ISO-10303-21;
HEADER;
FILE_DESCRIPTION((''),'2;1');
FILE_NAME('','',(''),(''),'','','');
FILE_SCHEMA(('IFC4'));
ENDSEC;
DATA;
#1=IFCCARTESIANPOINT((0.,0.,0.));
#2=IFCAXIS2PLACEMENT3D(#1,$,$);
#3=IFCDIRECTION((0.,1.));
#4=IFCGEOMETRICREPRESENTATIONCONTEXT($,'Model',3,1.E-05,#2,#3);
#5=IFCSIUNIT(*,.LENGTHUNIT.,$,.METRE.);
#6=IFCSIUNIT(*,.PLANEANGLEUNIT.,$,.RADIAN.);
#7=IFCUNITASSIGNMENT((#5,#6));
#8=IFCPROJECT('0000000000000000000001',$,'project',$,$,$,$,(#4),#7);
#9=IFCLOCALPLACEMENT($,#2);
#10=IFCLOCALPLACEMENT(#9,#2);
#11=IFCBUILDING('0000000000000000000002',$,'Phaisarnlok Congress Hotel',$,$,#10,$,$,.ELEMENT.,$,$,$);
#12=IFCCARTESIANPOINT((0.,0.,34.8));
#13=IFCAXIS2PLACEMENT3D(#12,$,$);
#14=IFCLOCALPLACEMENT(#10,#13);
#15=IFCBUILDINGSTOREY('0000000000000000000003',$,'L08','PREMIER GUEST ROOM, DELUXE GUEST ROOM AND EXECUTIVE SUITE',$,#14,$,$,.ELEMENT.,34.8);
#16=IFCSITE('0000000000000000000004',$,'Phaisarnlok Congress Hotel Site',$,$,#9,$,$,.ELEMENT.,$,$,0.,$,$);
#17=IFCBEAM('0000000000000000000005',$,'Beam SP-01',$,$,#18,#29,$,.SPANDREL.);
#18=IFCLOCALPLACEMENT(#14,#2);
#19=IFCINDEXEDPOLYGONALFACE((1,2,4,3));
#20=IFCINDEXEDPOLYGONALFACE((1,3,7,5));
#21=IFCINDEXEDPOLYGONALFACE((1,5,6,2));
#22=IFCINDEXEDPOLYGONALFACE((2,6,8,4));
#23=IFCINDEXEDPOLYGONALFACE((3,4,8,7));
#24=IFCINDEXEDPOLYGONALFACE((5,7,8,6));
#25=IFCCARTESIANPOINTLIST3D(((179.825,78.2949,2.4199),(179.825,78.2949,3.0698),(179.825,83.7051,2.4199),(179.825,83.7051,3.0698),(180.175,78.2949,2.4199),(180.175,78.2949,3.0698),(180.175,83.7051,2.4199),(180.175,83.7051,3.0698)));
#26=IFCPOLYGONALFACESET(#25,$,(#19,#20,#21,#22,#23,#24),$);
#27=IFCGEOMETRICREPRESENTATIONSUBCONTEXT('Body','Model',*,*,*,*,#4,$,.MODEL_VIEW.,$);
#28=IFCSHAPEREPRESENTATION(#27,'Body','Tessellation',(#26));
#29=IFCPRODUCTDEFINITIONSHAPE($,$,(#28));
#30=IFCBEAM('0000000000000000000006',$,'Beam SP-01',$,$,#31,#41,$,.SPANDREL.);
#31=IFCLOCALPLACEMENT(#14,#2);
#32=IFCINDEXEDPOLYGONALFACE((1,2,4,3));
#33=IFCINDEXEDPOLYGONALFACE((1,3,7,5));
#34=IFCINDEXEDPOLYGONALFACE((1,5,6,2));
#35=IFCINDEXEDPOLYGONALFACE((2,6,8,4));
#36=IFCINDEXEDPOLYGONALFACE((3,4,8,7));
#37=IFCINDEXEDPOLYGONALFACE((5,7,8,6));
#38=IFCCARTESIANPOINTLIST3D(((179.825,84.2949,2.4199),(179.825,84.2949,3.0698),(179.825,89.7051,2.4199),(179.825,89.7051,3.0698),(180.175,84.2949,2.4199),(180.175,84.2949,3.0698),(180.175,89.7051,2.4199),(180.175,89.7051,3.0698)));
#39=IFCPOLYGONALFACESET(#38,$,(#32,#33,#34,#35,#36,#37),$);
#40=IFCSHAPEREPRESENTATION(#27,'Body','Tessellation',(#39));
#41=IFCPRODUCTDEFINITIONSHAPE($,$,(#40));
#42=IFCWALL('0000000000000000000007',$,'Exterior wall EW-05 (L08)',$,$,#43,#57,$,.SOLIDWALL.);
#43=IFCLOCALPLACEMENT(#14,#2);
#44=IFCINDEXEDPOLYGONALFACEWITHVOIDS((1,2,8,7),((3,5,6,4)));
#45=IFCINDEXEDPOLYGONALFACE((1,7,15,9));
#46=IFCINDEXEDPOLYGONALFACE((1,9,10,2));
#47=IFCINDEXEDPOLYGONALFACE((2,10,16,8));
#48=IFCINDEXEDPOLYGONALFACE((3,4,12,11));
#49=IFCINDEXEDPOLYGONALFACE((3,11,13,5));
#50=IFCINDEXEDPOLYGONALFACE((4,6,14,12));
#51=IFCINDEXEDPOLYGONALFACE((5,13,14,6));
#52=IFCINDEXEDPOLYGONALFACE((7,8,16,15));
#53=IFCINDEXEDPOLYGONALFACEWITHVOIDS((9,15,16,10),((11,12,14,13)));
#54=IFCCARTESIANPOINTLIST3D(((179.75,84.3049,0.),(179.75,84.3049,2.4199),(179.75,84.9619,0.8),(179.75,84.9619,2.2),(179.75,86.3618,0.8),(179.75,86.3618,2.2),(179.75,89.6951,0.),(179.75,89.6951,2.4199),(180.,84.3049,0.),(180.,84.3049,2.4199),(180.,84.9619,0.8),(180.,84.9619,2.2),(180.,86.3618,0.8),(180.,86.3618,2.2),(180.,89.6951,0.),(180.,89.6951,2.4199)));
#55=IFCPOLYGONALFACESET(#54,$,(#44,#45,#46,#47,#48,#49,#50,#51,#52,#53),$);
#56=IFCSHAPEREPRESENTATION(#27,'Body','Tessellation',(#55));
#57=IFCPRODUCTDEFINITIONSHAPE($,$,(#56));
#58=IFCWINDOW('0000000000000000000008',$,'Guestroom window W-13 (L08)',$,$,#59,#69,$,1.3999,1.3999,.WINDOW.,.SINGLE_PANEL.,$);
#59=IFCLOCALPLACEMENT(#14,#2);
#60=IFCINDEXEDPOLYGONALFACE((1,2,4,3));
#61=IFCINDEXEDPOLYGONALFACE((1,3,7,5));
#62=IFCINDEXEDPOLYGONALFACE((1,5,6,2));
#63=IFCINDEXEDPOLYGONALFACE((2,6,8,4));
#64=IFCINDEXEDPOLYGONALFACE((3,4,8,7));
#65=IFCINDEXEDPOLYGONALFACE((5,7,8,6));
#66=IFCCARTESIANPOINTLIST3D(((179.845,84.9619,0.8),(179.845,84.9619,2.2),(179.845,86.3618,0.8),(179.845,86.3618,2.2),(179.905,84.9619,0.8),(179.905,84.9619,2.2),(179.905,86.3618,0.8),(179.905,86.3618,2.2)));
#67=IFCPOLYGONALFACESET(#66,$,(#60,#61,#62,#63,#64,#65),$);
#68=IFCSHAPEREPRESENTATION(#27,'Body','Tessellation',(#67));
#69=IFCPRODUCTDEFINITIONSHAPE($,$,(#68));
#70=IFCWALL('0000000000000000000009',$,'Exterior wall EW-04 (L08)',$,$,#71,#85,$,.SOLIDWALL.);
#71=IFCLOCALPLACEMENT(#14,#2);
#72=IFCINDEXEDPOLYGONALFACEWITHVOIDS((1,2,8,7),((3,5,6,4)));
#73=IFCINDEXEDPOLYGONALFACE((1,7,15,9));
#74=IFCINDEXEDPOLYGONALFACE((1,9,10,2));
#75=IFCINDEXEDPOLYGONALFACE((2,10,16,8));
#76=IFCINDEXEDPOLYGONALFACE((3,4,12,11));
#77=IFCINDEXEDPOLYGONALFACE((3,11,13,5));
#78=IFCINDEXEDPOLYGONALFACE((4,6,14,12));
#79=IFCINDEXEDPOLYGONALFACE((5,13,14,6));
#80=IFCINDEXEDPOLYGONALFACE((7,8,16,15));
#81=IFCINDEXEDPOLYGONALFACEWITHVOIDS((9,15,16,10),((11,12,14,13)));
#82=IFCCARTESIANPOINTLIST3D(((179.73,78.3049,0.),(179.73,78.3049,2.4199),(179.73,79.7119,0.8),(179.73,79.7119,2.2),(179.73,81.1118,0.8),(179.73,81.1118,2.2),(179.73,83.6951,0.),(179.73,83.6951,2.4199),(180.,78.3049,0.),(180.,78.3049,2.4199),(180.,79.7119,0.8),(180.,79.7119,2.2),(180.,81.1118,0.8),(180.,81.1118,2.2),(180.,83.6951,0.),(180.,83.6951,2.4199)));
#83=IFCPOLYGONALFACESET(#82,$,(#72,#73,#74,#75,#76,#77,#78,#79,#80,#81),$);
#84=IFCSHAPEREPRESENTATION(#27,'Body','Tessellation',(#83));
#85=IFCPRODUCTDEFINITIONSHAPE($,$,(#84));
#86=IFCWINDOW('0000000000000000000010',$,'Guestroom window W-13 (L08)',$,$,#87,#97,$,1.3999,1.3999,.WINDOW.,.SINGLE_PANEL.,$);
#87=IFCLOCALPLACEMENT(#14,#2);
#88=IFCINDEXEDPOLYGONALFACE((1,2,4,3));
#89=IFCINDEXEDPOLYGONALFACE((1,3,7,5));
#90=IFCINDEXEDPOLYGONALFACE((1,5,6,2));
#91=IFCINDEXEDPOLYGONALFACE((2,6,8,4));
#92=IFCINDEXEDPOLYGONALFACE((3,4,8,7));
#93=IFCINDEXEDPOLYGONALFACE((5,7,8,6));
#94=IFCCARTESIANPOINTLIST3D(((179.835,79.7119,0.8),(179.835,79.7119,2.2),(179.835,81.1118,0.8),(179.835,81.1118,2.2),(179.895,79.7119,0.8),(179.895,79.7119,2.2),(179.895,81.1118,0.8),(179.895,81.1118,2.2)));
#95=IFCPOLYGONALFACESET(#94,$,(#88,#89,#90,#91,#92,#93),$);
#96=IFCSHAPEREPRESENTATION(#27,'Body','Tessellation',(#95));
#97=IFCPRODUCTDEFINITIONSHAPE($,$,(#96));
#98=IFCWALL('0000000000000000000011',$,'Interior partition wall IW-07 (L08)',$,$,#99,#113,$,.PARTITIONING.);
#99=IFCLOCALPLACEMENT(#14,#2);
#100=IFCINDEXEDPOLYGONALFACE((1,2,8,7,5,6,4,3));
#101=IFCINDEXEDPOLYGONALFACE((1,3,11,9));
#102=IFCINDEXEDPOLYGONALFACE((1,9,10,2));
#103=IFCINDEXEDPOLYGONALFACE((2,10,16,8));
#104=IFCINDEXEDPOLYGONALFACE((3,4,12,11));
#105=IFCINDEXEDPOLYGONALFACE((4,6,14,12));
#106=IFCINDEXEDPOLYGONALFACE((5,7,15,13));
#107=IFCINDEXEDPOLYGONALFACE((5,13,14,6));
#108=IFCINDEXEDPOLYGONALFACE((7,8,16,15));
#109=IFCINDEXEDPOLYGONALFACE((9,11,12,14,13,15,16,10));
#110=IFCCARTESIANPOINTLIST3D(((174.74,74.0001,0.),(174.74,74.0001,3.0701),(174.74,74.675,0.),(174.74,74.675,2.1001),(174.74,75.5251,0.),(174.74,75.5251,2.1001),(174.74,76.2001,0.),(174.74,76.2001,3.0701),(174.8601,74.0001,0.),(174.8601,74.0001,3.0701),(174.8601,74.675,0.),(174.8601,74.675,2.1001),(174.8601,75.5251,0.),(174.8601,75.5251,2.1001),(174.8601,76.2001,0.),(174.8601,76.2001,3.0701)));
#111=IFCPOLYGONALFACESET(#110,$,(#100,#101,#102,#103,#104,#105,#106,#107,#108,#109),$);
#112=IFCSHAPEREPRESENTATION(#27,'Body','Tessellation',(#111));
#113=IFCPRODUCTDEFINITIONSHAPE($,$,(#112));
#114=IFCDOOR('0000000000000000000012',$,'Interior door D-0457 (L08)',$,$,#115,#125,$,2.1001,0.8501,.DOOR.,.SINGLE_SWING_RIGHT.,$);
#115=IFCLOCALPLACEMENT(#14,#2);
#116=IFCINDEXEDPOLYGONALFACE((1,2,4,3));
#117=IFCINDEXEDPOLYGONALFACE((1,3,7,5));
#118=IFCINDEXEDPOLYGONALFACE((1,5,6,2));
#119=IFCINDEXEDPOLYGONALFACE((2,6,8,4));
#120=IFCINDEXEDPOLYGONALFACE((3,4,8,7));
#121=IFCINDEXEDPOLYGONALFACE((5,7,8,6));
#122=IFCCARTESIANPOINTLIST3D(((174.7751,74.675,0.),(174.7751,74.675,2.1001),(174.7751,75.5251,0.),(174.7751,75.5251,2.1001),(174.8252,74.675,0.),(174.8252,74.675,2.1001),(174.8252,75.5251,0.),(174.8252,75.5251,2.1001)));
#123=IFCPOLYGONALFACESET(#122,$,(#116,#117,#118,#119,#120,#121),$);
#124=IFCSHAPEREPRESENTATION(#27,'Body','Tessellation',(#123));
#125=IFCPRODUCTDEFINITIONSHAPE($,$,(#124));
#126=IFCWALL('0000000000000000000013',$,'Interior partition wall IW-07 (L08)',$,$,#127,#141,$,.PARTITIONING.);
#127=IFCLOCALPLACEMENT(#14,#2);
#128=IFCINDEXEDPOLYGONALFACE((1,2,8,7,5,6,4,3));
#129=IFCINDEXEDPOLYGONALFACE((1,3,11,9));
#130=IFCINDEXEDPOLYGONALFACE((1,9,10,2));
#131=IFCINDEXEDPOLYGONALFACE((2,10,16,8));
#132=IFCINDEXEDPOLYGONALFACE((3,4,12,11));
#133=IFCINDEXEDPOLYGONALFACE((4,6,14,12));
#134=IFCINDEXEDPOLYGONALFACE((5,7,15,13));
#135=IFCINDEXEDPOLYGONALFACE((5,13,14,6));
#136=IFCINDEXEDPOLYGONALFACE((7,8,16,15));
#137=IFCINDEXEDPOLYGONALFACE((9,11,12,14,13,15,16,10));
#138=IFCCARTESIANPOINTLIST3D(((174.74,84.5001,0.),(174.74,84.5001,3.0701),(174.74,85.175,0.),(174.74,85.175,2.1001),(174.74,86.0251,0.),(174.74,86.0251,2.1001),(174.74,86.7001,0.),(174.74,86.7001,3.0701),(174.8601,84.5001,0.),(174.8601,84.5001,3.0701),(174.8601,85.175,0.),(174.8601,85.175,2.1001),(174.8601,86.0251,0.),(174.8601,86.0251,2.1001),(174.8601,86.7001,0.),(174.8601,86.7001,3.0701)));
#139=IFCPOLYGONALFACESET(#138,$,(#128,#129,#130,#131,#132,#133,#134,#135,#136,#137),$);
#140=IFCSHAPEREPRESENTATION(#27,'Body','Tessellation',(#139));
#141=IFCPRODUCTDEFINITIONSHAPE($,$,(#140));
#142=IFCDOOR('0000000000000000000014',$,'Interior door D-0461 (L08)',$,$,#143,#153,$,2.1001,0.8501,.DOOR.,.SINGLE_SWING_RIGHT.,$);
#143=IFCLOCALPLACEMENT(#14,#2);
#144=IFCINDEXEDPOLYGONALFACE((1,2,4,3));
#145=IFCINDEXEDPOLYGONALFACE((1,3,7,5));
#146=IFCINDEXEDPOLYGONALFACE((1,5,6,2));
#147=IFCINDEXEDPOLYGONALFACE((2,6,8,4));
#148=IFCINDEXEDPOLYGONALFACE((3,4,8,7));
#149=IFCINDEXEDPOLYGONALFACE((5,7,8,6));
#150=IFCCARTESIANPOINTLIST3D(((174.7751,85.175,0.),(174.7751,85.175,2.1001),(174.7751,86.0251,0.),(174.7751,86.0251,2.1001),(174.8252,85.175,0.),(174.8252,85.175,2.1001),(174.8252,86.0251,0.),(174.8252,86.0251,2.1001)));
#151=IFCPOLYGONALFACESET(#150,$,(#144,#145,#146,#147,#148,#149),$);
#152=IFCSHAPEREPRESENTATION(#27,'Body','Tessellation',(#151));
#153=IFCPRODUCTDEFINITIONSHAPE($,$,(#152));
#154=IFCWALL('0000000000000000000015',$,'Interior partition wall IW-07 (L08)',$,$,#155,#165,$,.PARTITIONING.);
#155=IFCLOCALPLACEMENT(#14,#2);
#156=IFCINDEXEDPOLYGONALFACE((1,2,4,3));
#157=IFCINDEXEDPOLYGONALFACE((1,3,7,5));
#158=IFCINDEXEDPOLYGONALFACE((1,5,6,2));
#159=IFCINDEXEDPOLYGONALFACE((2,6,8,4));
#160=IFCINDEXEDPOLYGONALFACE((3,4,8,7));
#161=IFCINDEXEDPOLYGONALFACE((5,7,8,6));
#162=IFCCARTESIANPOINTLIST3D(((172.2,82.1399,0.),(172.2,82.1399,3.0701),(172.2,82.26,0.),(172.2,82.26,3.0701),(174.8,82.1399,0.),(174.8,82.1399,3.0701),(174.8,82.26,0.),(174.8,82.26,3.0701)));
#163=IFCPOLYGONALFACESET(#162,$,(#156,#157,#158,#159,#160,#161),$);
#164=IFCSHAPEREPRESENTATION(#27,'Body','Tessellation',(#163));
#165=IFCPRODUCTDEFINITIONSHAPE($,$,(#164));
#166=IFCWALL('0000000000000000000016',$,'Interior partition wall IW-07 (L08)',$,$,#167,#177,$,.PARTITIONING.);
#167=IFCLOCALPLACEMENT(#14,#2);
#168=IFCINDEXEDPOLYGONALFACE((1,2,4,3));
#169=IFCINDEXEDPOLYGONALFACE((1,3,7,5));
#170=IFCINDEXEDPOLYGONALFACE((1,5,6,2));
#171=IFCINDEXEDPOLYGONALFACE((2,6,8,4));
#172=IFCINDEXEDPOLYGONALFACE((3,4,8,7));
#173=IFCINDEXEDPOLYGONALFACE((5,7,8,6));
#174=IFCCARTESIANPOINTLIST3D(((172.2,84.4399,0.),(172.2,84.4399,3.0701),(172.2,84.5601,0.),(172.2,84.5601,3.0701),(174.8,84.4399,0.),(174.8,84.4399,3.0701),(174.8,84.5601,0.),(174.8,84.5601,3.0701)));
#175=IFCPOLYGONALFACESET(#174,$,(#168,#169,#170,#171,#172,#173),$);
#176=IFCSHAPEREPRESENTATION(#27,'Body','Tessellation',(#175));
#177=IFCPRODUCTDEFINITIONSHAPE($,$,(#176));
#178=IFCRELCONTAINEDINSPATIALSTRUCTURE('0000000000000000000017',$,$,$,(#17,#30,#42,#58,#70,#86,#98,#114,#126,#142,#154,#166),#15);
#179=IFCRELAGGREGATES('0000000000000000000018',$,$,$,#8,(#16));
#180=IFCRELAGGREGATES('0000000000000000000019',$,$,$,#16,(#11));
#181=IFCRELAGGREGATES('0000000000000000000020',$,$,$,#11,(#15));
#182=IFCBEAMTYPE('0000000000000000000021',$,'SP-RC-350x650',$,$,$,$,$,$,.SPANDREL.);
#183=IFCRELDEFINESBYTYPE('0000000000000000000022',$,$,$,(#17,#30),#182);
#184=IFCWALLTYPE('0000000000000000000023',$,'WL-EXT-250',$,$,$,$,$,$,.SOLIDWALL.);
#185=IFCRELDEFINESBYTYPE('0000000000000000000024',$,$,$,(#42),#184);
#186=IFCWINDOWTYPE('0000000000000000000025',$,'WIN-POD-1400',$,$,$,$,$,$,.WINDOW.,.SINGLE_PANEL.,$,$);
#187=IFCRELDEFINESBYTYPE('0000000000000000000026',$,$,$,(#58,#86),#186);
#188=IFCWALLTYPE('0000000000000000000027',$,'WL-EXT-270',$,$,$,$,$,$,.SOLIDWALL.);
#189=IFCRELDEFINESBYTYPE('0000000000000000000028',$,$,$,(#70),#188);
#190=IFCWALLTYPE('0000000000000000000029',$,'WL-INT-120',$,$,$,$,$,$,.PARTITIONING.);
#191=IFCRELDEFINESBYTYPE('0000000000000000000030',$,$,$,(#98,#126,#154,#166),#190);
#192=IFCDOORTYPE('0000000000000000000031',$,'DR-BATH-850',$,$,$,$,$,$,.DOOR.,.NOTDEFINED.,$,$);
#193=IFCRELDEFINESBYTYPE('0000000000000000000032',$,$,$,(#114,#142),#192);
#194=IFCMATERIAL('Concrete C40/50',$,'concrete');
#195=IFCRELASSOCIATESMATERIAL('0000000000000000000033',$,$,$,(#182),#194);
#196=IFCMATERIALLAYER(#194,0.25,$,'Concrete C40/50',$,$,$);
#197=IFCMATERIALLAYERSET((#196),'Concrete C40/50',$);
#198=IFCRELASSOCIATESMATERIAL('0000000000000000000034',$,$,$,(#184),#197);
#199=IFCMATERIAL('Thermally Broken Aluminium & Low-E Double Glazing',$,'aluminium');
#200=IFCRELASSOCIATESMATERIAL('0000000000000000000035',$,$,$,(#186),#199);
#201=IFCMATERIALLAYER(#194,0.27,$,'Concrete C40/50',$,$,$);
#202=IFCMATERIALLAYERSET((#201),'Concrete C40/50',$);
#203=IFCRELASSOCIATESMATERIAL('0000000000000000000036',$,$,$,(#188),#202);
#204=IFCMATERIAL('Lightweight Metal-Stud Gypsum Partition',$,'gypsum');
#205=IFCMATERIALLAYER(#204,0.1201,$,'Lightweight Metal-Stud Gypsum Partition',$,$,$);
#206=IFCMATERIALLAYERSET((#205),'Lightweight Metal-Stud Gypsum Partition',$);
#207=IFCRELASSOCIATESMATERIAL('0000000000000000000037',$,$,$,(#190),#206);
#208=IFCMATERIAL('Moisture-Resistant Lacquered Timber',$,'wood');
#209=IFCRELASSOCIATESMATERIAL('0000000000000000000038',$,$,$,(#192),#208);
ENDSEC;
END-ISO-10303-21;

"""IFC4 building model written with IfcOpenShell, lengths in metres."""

from ifc_helpers import new_model, si_unit, direction, frame, frame_2d, origin, origin_2d, place, context, subcontext, project, spatial, rectangle, extrude, material, layer, layer_set, material_profile, profile_set, type_object, element, fill, save


model = new_model("IFC4")

# Units and contexts
model_context = context("Model", 3, precision=1e-05, world=origin(), true_north=direction((0.0, 1.0)))
body_context = subcontext(model_context, "Body", "Model", "MODEL_VIEW")
ifc_project = project(units=[si_unit("LENGTHUNIT", "METRE"), si_unit("PLANEANGLEUNIT", "RADIAN")], contexts=[model_context])

# Site, building, storey
site_placement = place(None, origin())
site = spatial("IfcSite", under=ifc_project, at=site_placement, Name="Phaisarnlok Congress Hotel Site", CompositionType="ELEMENT", RefElevation=0.0)
building_placement = place(site_placement, origin())
building = spatial("IfcBuilding", under=site, at=building_placement, Name="Phaisarnlok Congress Hotel", CompositionType="ELEMENT")
storey_placement = place(building_placement, frame((0.0, 0.0, 34.8)))
storey = spatial("IfcBuildingStorey", under=building, at=storey_placement, Name="L08", Description="PREMIER GUEST ROOM, DELUXE GUEST ROOM AND EXECUTIVE SUITE", CompositionType="ELEMENT", Elevation=34.8)

# Beams
ifc_material_1 = material(Name="Concrete C40/50", Category="concrete")
ifc_material_profile_1 = material_profile(ifc_material_1, rectangle(XDim=0.3501, YDim=0.6499, at=origin_2d()), Name="RC 350x650")
ifc_profile_set_1 = profile_set([ifc_material_profile_1], Name="Concrete C40/50")
beam_type_1 = type_object("IfcBeamType", Name="SP-RC-350x650", PredefinedType="SPANDREL", material=ifc_profile_set_1)
for number, where, z_axis, x_axis, name in (
    (1, (180.0, 78.2949, 2.7449), (0.0, 1.0, 0.0), (-1.0, 0.0, 0.0), "Beam SP-01"),
    (2, (180.0, 84.2949, 2.7449), (0.0, 1.0, 0.0), (-1.0, 0.0, 0.0), "Beam SP-01"),
):
    element("IfcBeam", number, at=place(storey_placement, frame(where, z_axis=z_axis, x_axis=x_axis)), inside=storey, type_object=beam_type_1, Name=name, PredefinedType="SPANDREL", context=body_context, shape_type="SweptSolid", body=[
        extrude(rectangle(XDim=0.3501, YDim=0.6499, at=origin_2d()), origin(), (0.0, 0.0, 1.0), 5.4102),
    ])

# Walls, openings, windows
ifc_layer_1 = layer(ifc_material_1, 0.25, Name="Concrete C40/50")
ifc_layer_set_1 = layer_set([ifc_layer_1], Name="Concrete C40/50")
wall_type_1 = type_object("IfcWallType", Name="WL-EXT-250", PredefinedType="SOLIDWALL", material=ifc_layer_set_1)
wall_1_placement = place(storey_placement, frame((179.875, 84.3049, 0.0), z_axis=(0.0, 0.0, 1.0), x_axis=(0.0, 1.0, 0.0)))
wall_1 = element("IfcWall", 3, at=wall_1_placement, inside=storey, type_object=wall_type_1, Name="Exterior wall EW-05 (L08)", PredefinedType="SOLIDWALL", context=body_context, shape_type="SweptSolid", body=[
    extrude(rectangle(XDim=5.3901, YDim=0.25, at=frame_2d((2.6951, 0.0))), origin(), (0.0, 0.0, 1.0), 2.4199),
])
opening_1_placement = place(wall_1_placement, frame((0.657, 0.0, 0.8)))
opening_1 = element("IfcOpeningElement", 4, at=opening_1_placement, cuts=wall_1, PredefinedType="OPENING", context=body_context, shape_type="SweptSolid", body=[
    extrude(rectangle(XDim=1.3999, YDim=1.3999, at=frame_2d((0.7, 0.7))), frame((0.0, 0.135, 0.0), z_axis=(0.0, -1.0, 0.0), x_axis=(1.0, 0.0, 0.0)), (0.0, 0.0, 1.0), 0.27),
])
ifc_material_2 = material(Name="Thermally Broken Aluminium & Low-E Double Glazing", Category="aluminium")
window_type = type_object("IfcWindowType", Name="WIN-POD-1400", PartitioningType="SINGLE_PANEL", PredefinedType="WINDOW", material=ifc_material_2)
window_1_placement = place(opening_1_placement, origin())
window_1 = element("IfcWindow", 5, at=window_1_placement, inside=storey, type_object=window_type, Name="Guestroom window W-13 (L08)", OverallHeight=1.3999, OverallWidth=1.3999, PartitioningType="SINGLE_PANEL", PredefinedType="WINDOW", context=body_context, shape_type="SweptSolid", body=[
    extrude(rectangle(XDim=1.3999, YDim=1.3999, at=frame_2d((0.7, 0.7))), frame((0.0, 0.03, 0.0), z_axis=(0.0, -1.0, 0.0), x_axis=(1.0, 0.0, 0.0)), (0.0, 0.0, 1.0), 0.0601),
])
fill(opening_1, window_1)
ifc_layer_2 = layer(ifc_material_1, 0.27, Name="Concrete C40/50")
ifc_layer_set_2 = layer_set([ifc_layer_2], Name="Concrete C40/50")
wall_type_2 = type_object("IfcWallType", Name="WL-EXT-270", PredefinedType="SOLIDWALL", material=ifc_layer_set_2)
wall_2_placement = place(storey_placement, frame((179.865, 78.3049, 0.0), z_axis=(0.0, 0.0, 1.0), x_axis=(0.0, 1.0, 0.0)))
wall_2 = element("IfcWall", 6, at=wall_2_placement, inside=storey, type_object=wall_type_2, Name="Exterior wall EW-04 (L08)", PredefinedType="SOLIDWALL", context=body_context, shape_type="SweptSolid", body=[
    extrude(rectangle(XDim=5.3901, YDim=0.27, at=frame_2d((2.6951, 0.0))), origin(), (0.0, 0.0, 1.0), 2.4199),
])
opening_2_placement = place(wall_2_placement, frame((1.407, 0.0, 0.8)))
opening_2 = element("IfcOpeningElement", 7, at=opening_2_placement, cuts=wall_2, PredefinedType="OPENING", context=body_context, shape_type="SweptSolid", body=[
    extrude(rectangle(XDim=1.3999, YDim=1.3999, at=frame_2d((0.7, 0.7))), frame((0.0, 0.145, 0.0), z_axis=(0.0, -1.0, 0.0), x_axis=(1.0, 0.0, 0.0)), (0.0, 0.0, 1.0), 0.29),
])
window_2_placement = place(opening_2_placement, origin())
window_2 = element("IfcWindow", 8, at=window_2_placement, inside=storey, type_object=window_type, Name="Guestroom window W-13 (L08)", OverallHeight=1.3999, OverallWidth=1.3999, PartitioningType="SINGLE_PANEL", PredefinedType="WINDOW", context=body_context, shape_type="SweptSolid", body=[
    extrude(rectangle(XDim=1.3999, YDim=1.3999, at=frame_2d((0.7, 0.7))), frame((0.0, 0.03, 0.0), z_axis=(0.0, -1.0, 0.0), x_axis=(1.0, 0.0, 0.0)), (0.0, 0.0, 1.0), 0.0601),
])
fill(opening_2, window_2)

# Walls, openings, doors
ifc_material_3 = material(Name="Lightweight Metal-Stud Gypsum Partition", Category="gypsum")
ifc_layer_3 = layer(ifc_material_3, 0.1201, Name="Lightweight Metal-Stud Gypsum Partition")
ifc_layer_set_3 = layer_set([ifc_layer_3], Name="Lightweight Metal-Stud Gypsum Partition")
wall_type_3 = type_object("IfcWallType", Name="WL-INT-120", PredefinedType="PARTITIONING", material=ifc_layer_set_3)
wall_3_placement = place(storey_placement, frame((174.8, 74.0, 0.0), z_axis=(0.0, 0.0, 1.0), x_axis=(0.0, 1.0, 0.0)))
wall_3 = element("IfcWall", 9, at=wall_3_placement, inside=storey, type_object=wall_type_3, Name="Interior partition wall IW-07 (L08)", PredefinedType="PARTITIONING", context=body_context, shape_type="SweptSolid", body=[
    extrude(rectangle(XDim=2.2, YDim=0.1201, at=frame_2d((1.1001, 0.0))), origin(), (0.0, 0.0, 1.0), 3.0701),
])
opening_3_placement = place(wall_3_placement, frame((0.675, 0.0, 0.0)))
opening_3 = element("IfcOpeningElement", 10, at=opening_3_placement, cuts=wall_3, PredefinedType="OPENING", context=body_context, shape_type="SweptSolid", body=[
    extrude(rectangle(XDim=0.8501, YDim=2.1001, at=frame_2d((0.425, 1.05))), frame((0.0, 0.0701, 0.0), z_axis=(0.0, -1.0, 0.0), x_axis=(1.0, 0.0, 0.0)), (0.0, 0.0, 1.0), 0.1401),
])
ifc_material_4 = material(Name="Moisture-Resistant Lacquered Timber", Category="wood")
door_type = type_object("IfcDoorType", Name="DR-BATH-850", OperationType="NOTDEFINED", PredefinedType="DOOR", material=ifc_material_4)
door_1_placement = place(opening_3_placement, origin())
door_1 = element("IfcDoor", 11, at=door_1_placement, inside=storey, type_object=door_type, Name="Interior door D-0457 (L08)", OperationType="SINGLE_SWING_RIGHT", OverallHeight=2.1001, OverallWidth=0.8501, PredefinedType="DOOR", context=body_context, shape_type="SweptSolid", body=[
    extrude(rectangle(XDim=0.8501, YDim=2.1001, at=frame_2d((0.425, 1.05))), frame((0.0, 0.0249, 0.0), z_axis=(0.0, -1.0, 0.0), x_axis=(1.0, 0.0, 0.0)), (0.0, 0.0, 1.0), 0.05),
])
fill(opening_3, door_1)
wall_4_placement = place(storey_placement, frame((174.8, 84.5, 0.0), z_axis=(0.0, 0.0, 1.0), x_axis=(0.0, 1.0, 0.0)))
wall_4 = element("IfcWall", 12, at=wall_4_placement, inside=storey, type_object=wall_type_3, Name="Interior partition wall IW-07 (L08)", PredefinedType="PARTITIONING", context=body_context, shape_type="SweptSolid", body=[
    extrude(rectangle(XDim=2.2, YDim=0.1201, at=frame_2d((1.1001, 0.0))), origin(), (0.0, 0.0, 1.0), 3.0701),
])
opening_4_placement = place(wall_4_placement, frame((0.675, 0.0, 0.0)))
opening_4 = element("IfcOpeningElement", 13, at=opening_4_placement, cuts=wall_4, PredefinedType="OPENING", context=body_context, shape_type="SweptSolid", body=[
    extrude(rectangle(XDim=0.8501, YDim=2.1001, at=frame_2d((0.425, 1.05))), frame((0.0, 0.0701, 0.0), z_axis=(0.0, -1.0, 0.0), x_axis=(1.0, 0.0, 0.0)), (0.0, 0.0, 1.0), 0.1401),
])
door_2_placement = place(opening_4_placement, origin())
door_2 = element("IfcDoor", 14, at=door_2_placement, inside=storey, type_object=door_type, Name="Interior door D-0461 (L08)", OperationType="SINGLE_SWING_RIGHT", OverallHeight=2.1001, OverallWidth=0.8501, PredefinedType="DOOR", context=body_context, shape_type="SweptSolid", body=[
    extrude(rectangle(XDim=0.8501, YDim=2.1001, at=frame_2d((0.425, 1.05))), frame((0.0, 0.0249, 0.0), z_axis=(0.0, -1.0, 0.0), x_axis=(1.0, 0.0, 0.0)), (0.0, 0.0, 1.0), 0.05),
])
fill(opening_4, door_2)

# Walls
for number, where, z_axis, x_axis, name in (
    (15, (172.2, 82.2, 0.0), (0.0, 0.0, 1.0), (1.0, 0.0, 0.0), "Interior partition wall IW-07 (L08)"),
    (16, (172.2, 84.5, 0.0), (0.0, 0.0, 1.0), (1.0, 0.0, 0.0), "Interior partition wall IW-07 (L08)"),
):
    element("IfcWall", number, at=place(storey_placement, frame(where, z_axis=z_axis, x_axis=x_axis)), inside=storey, type_object=wall_type_3, Name=name, PredefinedType="PARTITIONING", context=body_context, shape_type="SweptSolid", body=[
        extrude(rectangle(XDim=2.6001, YDim=0.1201, at=frame_2d((1.3, 0.0))), origin(), (0.0, 0.0, 1.0), 3.0701),
    ])

save(model, "model.ifc")
